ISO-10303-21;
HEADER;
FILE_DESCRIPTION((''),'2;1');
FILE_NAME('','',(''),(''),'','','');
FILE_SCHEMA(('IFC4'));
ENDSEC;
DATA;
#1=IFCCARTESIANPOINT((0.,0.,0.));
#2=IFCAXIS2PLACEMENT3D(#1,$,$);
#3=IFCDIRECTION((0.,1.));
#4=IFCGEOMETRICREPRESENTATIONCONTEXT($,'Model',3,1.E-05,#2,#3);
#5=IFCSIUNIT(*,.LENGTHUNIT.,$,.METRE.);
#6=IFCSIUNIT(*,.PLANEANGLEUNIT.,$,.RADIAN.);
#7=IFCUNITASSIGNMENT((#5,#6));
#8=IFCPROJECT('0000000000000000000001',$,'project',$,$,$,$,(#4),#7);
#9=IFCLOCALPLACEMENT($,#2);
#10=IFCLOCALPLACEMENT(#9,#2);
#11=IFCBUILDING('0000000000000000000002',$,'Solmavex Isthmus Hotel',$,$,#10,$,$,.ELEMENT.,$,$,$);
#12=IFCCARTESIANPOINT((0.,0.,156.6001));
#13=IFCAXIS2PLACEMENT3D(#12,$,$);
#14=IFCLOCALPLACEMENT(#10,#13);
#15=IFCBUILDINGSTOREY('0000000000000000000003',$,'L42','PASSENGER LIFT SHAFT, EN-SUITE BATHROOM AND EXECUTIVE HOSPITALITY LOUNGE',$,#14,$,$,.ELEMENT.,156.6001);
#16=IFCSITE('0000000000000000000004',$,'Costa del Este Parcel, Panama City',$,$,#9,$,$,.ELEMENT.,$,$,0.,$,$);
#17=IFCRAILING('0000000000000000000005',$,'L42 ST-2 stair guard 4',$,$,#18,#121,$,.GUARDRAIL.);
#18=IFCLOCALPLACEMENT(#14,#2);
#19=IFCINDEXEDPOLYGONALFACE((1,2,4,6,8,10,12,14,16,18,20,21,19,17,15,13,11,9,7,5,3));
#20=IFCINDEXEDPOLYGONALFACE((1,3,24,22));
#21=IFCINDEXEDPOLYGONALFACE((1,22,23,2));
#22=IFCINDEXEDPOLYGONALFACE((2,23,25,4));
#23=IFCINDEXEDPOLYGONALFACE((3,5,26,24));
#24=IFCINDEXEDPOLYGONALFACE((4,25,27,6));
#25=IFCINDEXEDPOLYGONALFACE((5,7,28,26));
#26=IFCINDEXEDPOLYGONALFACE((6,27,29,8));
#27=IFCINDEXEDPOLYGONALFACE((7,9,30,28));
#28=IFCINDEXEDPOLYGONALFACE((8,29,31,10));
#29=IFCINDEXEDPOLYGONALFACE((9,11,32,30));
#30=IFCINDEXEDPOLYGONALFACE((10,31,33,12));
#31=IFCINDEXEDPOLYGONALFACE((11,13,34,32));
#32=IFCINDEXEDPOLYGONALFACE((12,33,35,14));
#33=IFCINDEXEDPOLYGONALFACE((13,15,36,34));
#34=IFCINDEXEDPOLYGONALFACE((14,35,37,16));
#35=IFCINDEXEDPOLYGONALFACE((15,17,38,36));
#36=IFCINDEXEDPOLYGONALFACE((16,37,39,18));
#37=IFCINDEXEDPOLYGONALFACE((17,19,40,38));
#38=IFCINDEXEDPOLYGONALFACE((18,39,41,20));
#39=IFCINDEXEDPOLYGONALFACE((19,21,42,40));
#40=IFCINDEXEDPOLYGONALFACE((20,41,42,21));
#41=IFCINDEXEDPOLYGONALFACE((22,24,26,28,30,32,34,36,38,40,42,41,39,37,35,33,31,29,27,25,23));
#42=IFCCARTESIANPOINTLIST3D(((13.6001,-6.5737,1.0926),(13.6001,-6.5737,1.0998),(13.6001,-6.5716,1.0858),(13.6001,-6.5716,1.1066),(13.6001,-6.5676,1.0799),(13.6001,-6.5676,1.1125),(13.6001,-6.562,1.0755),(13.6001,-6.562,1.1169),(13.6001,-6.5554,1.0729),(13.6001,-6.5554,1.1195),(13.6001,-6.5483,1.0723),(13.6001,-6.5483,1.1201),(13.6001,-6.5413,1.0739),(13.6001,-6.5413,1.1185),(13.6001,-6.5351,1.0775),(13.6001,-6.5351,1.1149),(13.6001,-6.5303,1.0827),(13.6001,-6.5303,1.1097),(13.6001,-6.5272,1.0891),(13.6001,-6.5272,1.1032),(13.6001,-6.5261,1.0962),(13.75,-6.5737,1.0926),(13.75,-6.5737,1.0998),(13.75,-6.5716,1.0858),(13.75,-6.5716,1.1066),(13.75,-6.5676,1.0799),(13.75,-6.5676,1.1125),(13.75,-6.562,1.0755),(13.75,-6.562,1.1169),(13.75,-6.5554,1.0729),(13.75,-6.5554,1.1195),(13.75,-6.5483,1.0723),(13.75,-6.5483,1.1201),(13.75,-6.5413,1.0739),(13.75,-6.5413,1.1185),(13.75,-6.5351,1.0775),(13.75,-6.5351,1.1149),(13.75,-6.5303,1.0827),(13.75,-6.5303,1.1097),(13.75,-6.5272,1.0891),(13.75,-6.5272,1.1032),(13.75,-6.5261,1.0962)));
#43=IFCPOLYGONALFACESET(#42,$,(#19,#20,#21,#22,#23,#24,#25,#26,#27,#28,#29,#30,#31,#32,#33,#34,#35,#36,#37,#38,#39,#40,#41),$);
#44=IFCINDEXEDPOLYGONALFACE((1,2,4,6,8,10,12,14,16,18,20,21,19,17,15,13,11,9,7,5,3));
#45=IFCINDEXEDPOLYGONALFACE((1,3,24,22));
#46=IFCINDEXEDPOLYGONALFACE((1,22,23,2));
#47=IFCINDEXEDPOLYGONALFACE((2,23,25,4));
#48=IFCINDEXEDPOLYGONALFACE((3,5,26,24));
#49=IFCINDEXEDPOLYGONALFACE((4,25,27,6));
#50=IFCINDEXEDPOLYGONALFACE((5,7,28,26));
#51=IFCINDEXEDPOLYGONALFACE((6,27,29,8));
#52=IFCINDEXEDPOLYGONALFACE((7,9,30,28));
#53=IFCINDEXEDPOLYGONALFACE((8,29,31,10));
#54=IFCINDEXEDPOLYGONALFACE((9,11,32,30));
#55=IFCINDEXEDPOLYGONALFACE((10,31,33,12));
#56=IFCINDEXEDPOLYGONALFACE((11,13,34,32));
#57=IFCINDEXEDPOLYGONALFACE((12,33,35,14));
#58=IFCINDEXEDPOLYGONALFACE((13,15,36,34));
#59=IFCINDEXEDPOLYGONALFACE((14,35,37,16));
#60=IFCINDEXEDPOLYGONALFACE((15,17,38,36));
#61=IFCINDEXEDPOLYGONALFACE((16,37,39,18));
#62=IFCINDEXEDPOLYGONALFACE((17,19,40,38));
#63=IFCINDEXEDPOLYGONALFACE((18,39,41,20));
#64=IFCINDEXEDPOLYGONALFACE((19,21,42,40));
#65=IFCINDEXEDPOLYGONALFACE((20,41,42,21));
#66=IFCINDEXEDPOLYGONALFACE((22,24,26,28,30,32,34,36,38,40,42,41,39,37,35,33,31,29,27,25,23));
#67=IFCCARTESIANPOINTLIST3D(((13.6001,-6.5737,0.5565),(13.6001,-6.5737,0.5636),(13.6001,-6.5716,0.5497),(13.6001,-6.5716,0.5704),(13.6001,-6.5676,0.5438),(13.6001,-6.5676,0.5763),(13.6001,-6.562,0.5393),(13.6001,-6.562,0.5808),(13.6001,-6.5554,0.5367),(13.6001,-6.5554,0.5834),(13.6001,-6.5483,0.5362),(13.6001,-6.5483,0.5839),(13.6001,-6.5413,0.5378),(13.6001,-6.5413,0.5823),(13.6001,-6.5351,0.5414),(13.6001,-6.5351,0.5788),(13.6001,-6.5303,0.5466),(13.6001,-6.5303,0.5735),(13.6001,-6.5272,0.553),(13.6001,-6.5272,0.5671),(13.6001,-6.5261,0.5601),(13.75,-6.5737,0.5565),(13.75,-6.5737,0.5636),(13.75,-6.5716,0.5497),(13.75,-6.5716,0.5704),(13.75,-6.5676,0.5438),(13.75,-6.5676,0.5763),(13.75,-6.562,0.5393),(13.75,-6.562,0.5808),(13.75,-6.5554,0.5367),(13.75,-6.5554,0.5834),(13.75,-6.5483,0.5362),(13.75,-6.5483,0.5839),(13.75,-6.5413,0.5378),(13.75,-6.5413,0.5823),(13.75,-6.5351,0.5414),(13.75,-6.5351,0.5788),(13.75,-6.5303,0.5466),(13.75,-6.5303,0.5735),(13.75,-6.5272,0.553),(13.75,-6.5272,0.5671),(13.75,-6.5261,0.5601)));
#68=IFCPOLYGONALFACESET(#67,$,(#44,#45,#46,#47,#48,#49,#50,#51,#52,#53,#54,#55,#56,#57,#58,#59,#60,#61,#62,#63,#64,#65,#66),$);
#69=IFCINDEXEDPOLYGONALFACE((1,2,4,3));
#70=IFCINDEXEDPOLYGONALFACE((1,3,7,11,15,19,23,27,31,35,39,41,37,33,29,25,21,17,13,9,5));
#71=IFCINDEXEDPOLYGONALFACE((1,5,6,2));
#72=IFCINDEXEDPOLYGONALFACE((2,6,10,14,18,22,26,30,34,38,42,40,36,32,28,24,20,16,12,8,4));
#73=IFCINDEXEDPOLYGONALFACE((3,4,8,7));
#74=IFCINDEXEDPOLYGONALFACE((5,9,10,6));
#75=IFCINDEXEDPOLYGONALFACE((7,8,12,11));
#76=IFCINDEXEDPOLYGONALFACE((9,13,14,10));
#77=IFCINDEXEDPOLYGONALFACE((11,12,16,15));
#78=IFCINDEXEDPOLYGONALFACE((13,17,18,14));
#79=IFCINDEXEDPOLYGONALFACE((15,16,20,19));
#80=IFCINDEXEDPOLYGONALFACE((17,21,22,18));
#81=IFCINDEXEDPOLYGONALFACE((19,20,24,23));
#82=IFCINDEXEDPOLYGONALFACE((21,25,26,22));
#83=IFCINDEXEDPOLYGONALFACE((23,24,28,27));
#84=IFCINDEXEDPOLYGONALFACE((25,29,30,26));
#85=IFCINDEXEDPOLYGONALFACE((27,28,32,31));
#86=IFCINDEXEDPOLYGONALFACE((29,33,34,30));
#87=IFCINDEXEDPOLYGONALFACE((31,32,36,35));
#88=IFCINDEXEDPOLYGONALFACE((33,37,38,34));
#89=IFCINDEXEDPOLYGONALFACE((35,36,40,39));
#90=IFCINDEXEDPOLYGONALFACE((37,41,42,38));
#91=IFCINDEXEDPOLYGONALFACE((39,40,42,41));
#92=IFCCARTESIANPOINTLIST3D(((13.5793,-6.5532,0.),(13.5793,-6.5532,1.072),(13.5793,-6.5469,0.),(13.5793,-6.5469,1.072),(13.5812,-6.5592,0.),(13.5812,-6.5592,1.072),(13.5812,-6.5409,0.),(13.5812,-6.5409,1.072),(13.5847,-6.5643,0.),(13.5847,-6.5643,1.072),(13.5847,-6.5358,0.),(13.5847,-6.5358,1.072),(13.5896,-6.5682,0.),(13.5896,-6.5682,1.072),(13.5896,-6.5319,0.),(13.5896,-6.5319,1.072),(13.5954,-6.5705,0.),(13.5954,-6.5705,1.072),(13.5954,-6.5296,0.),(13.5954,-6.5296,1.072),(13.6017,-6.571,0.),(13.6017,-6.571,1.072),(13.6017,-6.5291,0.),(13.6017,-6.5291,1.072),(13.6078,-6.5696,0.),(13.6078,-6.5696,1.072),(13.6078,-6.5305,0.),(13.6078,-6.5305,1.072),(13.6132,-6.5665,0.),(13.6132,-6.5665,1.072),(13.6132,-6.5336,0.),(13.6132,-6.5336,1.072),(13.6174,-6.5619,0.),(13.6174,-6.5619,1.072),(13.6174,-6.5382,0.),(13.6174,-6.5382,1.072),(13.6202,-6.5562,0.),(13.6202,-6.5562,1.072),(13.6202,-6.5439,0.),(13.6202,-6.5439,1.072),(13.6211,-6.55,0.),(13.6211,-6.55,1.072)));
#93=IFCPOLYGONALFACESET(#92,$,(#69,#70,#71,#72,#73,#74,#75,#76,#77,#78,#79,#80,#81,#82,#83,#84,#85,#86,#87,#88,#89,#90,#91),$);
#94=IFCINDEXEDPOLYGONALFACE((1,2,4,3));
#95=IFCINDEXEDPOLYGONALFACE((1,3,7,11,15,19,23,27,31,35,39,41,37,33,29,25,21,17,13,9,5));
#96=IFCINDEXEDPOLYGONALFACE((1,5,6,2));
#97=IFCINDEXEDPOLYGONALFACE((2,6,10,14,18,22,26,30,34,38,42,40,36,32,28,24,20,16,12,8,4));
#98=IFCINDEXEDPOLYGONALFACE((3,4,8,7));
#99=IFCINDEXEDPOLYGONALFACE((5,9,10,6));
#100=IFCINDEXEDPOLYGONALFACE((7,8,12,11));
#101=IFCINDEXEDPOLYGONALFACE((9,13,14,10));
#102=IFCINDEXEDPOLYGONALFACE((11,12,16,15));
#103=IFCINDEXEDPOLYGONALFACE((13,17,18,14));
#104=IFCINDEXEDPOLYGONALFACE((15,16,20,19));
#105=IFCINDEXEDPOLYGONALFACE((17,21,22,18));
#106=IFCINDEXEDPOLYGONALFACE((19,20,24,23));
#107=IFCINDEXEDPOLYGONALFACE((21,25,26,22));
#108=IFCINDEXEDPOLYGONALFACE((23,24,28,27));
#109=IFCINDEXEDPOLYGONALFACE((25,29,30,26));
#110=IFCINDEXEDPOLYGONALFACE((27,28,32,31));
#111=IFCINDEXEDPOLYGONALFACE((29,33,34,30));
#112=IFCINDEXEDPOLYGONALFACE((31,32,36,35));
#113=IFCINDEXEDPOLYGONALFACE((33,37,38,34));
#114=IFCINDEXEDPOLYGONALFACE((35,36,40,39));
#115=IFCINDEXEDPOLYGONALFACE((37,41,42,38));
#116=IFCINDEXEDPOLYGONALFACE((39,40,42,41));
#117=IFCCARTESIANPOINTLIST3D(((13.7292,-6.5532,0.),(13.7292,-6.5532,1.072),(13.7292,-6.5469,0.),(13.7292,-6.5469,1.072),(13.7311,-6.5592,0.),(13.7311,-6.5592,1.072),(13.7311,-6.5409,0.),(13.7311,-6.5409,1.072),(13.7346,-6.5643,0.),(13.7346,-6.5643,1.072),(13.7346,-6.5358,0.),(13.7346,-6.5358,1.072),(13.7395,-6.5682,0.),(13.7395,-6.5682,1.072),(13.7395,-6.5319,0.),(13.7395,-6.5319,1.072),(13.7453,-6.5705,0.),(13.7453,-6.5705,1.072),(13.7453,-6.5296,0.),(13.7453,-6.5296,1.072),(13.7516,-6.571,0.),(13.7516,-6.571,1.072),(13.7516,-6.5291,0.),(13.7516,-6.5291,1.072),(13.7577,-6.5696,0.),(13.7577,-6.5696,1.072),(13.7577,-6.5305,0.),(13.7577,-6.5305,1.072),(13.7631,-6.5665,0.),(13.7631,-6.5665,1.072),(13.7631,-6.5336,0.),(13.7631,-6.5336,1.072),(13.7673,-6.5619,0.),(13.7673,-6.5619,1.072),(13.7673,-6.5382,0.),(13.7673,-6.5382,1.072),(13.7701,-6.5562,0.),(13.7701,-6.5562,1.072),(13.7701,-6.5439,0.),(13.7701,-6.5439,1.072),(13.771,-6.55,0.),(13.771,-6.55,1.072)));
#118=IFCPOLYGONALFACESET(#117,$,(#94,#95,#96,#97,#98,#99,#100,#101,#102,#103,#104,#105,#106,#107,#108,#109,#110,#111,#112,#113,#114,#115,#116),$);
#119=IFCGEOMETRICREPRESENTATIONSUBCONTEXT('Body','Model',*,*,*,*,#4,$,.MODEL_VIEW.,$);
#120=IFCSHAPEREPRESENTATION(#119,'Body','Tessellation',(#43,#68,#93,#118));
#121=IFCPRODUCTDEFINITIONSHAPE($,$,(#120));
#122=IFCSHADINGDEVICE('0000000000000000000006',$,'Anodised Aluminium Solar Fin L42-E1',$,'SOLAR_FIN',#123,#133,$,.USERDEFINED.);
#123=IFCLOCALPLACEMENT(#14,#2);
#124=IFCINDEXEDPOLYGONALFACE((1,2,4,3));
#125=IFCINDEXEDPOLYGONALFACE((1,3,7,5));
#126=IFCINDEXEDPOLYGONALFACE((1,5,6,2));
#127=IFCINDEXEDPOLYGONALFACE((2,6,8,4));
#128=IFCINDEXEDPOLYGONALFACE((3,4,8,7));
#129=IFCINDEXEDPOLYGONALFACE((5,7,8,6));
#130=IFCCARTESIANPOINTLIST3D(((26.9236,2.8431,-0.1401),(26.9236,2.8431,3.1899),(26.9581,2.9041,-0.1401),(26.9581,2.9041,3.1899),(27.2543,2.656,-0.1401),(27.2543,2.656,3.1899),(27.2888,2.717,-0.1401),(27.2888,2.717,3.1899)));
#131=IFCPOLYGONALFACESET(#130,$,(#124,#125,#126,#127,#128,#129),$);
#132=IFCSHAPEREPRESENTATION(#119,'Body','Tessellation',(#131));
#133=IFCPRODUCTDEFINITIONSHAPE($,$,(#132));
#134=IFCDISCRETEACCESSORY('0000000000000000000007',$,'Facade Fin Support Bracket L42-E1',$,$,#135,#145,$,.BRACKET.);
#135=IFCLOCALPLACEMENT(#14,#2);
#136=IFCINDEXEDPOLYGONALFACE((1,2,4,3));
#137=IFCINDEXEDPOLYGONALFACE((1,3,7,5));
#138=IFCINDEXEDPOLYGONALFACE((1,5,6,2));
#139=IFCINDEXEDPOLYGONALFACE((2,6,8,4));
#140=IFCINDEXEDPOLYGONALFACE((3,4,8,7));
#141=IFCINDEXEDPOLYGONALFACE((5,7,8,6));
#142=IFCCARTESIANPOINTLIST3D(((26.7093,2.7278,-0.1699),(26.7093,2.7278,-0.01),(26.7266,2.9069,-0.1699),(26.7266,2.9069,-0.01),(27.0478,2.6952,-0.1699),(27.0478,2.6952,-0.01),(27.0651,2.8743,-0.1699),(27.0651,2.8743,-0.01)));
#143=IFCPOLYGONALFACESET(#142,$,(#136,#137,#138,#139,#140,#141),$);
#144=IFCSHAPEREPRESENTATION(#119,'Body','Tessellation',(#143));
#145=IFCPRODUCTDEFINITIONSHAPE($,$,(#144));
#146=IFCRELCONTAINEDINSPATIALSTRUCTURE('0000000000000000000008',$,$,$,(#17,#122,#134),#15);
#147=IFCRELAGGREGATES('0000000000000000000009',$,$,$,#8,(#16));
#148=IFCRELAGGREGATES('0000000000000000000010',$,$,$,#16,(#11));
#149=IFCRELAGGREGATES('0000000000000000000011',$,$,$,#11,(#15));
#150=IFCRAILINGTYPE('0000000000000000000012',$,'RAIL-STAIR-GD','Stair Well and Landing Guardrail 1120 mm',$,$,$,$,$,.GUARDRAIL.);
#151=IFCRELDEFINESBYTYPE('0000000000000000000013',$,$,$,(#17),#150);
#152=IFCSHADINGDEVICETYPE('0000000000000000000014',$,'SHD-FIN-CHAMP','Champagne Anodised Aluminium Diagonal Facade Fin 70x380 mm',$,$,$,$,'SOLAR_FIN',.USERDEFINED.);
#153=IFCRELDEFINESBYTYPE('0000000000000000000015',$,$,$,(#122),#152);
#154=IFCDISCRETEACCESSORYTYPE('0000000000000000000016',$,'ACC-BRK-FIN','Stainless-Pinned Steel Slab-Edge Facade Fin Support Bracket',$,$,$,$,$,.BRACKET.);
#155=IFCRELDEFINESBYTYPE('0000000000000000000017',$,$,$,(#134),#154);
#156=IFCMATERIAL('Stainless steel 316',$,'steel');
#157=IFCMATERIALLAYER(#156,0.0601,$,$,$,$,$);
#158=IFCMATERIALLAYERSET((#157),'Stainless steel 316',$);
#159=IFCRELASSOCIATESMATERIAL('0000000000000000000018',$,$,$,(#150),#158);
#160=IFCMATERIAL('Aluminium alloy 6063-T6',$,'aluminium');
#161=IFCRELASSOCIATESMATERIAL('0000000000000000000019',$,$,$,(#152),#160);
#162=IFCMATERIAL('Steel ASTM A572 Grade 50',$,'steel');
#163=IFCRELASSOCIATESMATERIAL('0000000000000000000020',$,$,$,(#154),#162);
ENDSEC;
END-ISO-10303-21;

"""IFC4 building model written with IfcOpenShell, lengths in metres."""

from ifc_helpers import new_model, si_unit, direction, frame, origin, origin_2d, place, context, subcontext, project, spatial, rectangle, circle, extrude, material, layer, layer_set, type_object, element, save


model = new_model("IFC4")

# Units and contexts
model_context = context("Model", 3, precision=1e-05, world=origin(), true_north=direction((0.0, 1.0)))
body_context = subcontext(model_context, "Body", "Model", "MODEL_VIEW")
ifc_project = project(units=[si_unit("LENGTHUNIT", "METRE"), si_unit("PLANEANGLEUNIT", "RADIAN")], contexts=[model_context])

# Site, building, storey
site_placement = place(None, origin())
site = spatial("IfcSite", under=ifc_project, at=site_placement, Name="Costa del Este Parcel, Panama City", CompositionType="ELEMENT", RefElevation=0.0)
building_placement = place(site_placement, origin())
building = spatial("IfcBuilding", under=site, at=building_placement, Name="Solmavex Isthmus Hotel", CompositionType="ELEMENT")
storey_placement = place(building_placement, frame((0.0, 0.0, 156.6001)))
storey = spatial("IfcBuildingStorey", under=building, at=storey_placement, Name="L42", Description="PASSENGER LIFT SHAFT, EN-SUITE BATHROOM AND EXECUTIVE HOSPITALITY LOUNGE", CompositionType="ELEMENT", Elevation=156.6001)

# Shared definitions
ifc_material_1 = material(Name="Aluminium alloy 6063-T6", Category="aluminium")

# Railing
ifc_material_2 = material(Name="Stainless steel 316", Category="steel")
ifc_layer_1 = layer(ifc_material_2, 0.0601)
ifc_layer_set_1 = layer_set([ifc_layer_1], Name="Stainless steel 316")
railing_type = type_object("IfcRailingType", Name="RAIL-STAIR-GD", Description="Stair Well and Landing Guardrail 1120 mm", PredefinedType="GUARDRAIL", material=ifc_layer_set_1)
railing_1_placement = place(storey_placement, frame((13.6001, -6.55, 0.0)))
element("IfcRailing", 1, at=railing_1_placement, inside=storey, type_object=railing_type, Name="L42 ST-2 stair guard 4", PredefinedType="GUARDRAIL", context=body_context, shape_type="SweptSolid", body=[
    extrude(circle(Radius=0.0239, at=origin_2d()), frame((0.0, 0.0, 1.0962), z_axis=(1.0, 0.0, 0.0), x_axis=(0.0, 1.0, 0.0)), (0.0, 0.0, 1.0), 0.1499),
    extrude(circle(Radius=0.0239, at=origin_2d()), frame((0.0, 0.0, 0.5601), z_axis=(1.0, 0.0, 0.0), x_axis=(0.0, 1.0, 0.0)), (0.0, 0.0, 1.0), 0.1499),
    extrude(circle(Radius=0.021, at=origin_2d()), origin(), (0.0, 0.0, 1.0), 1.072),
    extrude(circle(Radius=0.021, at=origin_2d()), frame((0.1499, 0.0, 0.0)), (0.0, 0.0, 1.0), 1.072),
])

# Shading device
shading_device_type = type_object("IfcShadingDeviceType", Name="SHD-FIN-CHAMP", Description="Champagne Anodised Aluminium Diagonal Facade Fin 70x380 mm", ElementType="SOLAR_FIN", PredefinedType="USERDEFINED", material=ifc_material_1)
shading_device_placement = place(storey_placement, frame((27.1062, 2.78, -0.1401), z_axis=(0.0, 0.0, 1.0), x_axis=(0.870356, -0.492424, 0.0)))
element("IfcShadingDevice", 2, at=shading_device_placement, inside=storey, type_object=shading_device_type, Name="Anodised Aluminium Solar Fin L42-E1", ObjectType="SOLAR_FIN", PredefinedType="USERDEFINED", context=body_context, shape_type="SweptSolid", body=[
    extrude(rectangle(XDim=0.3799, YDim=0.0701, at=origin_2d()), origin(), (0.0, 0.0, 1.0), 3.3301),
])

# Discrete accessory
ifc_material_3 = material(Name="Steel ASTM A572 Grade 50", Category="steel")
discrete_accessory_type = type_object("IfcDiscreteAccessoryType", Name="ACC-BRK-FIN", Description="Stainless-Pinned Steel Slab-Edge Facade Fin Support Bracket", PredefinedType="BRACKET", material=ifc_material_3)
discrete_accessory_placement = place(storey_placement, frame((26.8872, 2.801, -0.1699), z_axis=(0.0, 0.0, 1.0), x_axis=(0.995396, -0.095846, 0.0)))
element("IfcDiscreteAccessory", 3, at=discrete_accessory_placement, inside=storey, type_object=discrete_accessory_type, Name="Facade Fin Support Bracket L42-E1", PredefinedType="BRACKET", context=body_context, shape_type="SweptSolid", body=[
    extrude(rectangle(XDim=0.3401, YDim=0.1799, at=origin_2d()), origin(), (0.0, 0.0, 1.0), 0.1599),
])

save(model, "model.ifc")
